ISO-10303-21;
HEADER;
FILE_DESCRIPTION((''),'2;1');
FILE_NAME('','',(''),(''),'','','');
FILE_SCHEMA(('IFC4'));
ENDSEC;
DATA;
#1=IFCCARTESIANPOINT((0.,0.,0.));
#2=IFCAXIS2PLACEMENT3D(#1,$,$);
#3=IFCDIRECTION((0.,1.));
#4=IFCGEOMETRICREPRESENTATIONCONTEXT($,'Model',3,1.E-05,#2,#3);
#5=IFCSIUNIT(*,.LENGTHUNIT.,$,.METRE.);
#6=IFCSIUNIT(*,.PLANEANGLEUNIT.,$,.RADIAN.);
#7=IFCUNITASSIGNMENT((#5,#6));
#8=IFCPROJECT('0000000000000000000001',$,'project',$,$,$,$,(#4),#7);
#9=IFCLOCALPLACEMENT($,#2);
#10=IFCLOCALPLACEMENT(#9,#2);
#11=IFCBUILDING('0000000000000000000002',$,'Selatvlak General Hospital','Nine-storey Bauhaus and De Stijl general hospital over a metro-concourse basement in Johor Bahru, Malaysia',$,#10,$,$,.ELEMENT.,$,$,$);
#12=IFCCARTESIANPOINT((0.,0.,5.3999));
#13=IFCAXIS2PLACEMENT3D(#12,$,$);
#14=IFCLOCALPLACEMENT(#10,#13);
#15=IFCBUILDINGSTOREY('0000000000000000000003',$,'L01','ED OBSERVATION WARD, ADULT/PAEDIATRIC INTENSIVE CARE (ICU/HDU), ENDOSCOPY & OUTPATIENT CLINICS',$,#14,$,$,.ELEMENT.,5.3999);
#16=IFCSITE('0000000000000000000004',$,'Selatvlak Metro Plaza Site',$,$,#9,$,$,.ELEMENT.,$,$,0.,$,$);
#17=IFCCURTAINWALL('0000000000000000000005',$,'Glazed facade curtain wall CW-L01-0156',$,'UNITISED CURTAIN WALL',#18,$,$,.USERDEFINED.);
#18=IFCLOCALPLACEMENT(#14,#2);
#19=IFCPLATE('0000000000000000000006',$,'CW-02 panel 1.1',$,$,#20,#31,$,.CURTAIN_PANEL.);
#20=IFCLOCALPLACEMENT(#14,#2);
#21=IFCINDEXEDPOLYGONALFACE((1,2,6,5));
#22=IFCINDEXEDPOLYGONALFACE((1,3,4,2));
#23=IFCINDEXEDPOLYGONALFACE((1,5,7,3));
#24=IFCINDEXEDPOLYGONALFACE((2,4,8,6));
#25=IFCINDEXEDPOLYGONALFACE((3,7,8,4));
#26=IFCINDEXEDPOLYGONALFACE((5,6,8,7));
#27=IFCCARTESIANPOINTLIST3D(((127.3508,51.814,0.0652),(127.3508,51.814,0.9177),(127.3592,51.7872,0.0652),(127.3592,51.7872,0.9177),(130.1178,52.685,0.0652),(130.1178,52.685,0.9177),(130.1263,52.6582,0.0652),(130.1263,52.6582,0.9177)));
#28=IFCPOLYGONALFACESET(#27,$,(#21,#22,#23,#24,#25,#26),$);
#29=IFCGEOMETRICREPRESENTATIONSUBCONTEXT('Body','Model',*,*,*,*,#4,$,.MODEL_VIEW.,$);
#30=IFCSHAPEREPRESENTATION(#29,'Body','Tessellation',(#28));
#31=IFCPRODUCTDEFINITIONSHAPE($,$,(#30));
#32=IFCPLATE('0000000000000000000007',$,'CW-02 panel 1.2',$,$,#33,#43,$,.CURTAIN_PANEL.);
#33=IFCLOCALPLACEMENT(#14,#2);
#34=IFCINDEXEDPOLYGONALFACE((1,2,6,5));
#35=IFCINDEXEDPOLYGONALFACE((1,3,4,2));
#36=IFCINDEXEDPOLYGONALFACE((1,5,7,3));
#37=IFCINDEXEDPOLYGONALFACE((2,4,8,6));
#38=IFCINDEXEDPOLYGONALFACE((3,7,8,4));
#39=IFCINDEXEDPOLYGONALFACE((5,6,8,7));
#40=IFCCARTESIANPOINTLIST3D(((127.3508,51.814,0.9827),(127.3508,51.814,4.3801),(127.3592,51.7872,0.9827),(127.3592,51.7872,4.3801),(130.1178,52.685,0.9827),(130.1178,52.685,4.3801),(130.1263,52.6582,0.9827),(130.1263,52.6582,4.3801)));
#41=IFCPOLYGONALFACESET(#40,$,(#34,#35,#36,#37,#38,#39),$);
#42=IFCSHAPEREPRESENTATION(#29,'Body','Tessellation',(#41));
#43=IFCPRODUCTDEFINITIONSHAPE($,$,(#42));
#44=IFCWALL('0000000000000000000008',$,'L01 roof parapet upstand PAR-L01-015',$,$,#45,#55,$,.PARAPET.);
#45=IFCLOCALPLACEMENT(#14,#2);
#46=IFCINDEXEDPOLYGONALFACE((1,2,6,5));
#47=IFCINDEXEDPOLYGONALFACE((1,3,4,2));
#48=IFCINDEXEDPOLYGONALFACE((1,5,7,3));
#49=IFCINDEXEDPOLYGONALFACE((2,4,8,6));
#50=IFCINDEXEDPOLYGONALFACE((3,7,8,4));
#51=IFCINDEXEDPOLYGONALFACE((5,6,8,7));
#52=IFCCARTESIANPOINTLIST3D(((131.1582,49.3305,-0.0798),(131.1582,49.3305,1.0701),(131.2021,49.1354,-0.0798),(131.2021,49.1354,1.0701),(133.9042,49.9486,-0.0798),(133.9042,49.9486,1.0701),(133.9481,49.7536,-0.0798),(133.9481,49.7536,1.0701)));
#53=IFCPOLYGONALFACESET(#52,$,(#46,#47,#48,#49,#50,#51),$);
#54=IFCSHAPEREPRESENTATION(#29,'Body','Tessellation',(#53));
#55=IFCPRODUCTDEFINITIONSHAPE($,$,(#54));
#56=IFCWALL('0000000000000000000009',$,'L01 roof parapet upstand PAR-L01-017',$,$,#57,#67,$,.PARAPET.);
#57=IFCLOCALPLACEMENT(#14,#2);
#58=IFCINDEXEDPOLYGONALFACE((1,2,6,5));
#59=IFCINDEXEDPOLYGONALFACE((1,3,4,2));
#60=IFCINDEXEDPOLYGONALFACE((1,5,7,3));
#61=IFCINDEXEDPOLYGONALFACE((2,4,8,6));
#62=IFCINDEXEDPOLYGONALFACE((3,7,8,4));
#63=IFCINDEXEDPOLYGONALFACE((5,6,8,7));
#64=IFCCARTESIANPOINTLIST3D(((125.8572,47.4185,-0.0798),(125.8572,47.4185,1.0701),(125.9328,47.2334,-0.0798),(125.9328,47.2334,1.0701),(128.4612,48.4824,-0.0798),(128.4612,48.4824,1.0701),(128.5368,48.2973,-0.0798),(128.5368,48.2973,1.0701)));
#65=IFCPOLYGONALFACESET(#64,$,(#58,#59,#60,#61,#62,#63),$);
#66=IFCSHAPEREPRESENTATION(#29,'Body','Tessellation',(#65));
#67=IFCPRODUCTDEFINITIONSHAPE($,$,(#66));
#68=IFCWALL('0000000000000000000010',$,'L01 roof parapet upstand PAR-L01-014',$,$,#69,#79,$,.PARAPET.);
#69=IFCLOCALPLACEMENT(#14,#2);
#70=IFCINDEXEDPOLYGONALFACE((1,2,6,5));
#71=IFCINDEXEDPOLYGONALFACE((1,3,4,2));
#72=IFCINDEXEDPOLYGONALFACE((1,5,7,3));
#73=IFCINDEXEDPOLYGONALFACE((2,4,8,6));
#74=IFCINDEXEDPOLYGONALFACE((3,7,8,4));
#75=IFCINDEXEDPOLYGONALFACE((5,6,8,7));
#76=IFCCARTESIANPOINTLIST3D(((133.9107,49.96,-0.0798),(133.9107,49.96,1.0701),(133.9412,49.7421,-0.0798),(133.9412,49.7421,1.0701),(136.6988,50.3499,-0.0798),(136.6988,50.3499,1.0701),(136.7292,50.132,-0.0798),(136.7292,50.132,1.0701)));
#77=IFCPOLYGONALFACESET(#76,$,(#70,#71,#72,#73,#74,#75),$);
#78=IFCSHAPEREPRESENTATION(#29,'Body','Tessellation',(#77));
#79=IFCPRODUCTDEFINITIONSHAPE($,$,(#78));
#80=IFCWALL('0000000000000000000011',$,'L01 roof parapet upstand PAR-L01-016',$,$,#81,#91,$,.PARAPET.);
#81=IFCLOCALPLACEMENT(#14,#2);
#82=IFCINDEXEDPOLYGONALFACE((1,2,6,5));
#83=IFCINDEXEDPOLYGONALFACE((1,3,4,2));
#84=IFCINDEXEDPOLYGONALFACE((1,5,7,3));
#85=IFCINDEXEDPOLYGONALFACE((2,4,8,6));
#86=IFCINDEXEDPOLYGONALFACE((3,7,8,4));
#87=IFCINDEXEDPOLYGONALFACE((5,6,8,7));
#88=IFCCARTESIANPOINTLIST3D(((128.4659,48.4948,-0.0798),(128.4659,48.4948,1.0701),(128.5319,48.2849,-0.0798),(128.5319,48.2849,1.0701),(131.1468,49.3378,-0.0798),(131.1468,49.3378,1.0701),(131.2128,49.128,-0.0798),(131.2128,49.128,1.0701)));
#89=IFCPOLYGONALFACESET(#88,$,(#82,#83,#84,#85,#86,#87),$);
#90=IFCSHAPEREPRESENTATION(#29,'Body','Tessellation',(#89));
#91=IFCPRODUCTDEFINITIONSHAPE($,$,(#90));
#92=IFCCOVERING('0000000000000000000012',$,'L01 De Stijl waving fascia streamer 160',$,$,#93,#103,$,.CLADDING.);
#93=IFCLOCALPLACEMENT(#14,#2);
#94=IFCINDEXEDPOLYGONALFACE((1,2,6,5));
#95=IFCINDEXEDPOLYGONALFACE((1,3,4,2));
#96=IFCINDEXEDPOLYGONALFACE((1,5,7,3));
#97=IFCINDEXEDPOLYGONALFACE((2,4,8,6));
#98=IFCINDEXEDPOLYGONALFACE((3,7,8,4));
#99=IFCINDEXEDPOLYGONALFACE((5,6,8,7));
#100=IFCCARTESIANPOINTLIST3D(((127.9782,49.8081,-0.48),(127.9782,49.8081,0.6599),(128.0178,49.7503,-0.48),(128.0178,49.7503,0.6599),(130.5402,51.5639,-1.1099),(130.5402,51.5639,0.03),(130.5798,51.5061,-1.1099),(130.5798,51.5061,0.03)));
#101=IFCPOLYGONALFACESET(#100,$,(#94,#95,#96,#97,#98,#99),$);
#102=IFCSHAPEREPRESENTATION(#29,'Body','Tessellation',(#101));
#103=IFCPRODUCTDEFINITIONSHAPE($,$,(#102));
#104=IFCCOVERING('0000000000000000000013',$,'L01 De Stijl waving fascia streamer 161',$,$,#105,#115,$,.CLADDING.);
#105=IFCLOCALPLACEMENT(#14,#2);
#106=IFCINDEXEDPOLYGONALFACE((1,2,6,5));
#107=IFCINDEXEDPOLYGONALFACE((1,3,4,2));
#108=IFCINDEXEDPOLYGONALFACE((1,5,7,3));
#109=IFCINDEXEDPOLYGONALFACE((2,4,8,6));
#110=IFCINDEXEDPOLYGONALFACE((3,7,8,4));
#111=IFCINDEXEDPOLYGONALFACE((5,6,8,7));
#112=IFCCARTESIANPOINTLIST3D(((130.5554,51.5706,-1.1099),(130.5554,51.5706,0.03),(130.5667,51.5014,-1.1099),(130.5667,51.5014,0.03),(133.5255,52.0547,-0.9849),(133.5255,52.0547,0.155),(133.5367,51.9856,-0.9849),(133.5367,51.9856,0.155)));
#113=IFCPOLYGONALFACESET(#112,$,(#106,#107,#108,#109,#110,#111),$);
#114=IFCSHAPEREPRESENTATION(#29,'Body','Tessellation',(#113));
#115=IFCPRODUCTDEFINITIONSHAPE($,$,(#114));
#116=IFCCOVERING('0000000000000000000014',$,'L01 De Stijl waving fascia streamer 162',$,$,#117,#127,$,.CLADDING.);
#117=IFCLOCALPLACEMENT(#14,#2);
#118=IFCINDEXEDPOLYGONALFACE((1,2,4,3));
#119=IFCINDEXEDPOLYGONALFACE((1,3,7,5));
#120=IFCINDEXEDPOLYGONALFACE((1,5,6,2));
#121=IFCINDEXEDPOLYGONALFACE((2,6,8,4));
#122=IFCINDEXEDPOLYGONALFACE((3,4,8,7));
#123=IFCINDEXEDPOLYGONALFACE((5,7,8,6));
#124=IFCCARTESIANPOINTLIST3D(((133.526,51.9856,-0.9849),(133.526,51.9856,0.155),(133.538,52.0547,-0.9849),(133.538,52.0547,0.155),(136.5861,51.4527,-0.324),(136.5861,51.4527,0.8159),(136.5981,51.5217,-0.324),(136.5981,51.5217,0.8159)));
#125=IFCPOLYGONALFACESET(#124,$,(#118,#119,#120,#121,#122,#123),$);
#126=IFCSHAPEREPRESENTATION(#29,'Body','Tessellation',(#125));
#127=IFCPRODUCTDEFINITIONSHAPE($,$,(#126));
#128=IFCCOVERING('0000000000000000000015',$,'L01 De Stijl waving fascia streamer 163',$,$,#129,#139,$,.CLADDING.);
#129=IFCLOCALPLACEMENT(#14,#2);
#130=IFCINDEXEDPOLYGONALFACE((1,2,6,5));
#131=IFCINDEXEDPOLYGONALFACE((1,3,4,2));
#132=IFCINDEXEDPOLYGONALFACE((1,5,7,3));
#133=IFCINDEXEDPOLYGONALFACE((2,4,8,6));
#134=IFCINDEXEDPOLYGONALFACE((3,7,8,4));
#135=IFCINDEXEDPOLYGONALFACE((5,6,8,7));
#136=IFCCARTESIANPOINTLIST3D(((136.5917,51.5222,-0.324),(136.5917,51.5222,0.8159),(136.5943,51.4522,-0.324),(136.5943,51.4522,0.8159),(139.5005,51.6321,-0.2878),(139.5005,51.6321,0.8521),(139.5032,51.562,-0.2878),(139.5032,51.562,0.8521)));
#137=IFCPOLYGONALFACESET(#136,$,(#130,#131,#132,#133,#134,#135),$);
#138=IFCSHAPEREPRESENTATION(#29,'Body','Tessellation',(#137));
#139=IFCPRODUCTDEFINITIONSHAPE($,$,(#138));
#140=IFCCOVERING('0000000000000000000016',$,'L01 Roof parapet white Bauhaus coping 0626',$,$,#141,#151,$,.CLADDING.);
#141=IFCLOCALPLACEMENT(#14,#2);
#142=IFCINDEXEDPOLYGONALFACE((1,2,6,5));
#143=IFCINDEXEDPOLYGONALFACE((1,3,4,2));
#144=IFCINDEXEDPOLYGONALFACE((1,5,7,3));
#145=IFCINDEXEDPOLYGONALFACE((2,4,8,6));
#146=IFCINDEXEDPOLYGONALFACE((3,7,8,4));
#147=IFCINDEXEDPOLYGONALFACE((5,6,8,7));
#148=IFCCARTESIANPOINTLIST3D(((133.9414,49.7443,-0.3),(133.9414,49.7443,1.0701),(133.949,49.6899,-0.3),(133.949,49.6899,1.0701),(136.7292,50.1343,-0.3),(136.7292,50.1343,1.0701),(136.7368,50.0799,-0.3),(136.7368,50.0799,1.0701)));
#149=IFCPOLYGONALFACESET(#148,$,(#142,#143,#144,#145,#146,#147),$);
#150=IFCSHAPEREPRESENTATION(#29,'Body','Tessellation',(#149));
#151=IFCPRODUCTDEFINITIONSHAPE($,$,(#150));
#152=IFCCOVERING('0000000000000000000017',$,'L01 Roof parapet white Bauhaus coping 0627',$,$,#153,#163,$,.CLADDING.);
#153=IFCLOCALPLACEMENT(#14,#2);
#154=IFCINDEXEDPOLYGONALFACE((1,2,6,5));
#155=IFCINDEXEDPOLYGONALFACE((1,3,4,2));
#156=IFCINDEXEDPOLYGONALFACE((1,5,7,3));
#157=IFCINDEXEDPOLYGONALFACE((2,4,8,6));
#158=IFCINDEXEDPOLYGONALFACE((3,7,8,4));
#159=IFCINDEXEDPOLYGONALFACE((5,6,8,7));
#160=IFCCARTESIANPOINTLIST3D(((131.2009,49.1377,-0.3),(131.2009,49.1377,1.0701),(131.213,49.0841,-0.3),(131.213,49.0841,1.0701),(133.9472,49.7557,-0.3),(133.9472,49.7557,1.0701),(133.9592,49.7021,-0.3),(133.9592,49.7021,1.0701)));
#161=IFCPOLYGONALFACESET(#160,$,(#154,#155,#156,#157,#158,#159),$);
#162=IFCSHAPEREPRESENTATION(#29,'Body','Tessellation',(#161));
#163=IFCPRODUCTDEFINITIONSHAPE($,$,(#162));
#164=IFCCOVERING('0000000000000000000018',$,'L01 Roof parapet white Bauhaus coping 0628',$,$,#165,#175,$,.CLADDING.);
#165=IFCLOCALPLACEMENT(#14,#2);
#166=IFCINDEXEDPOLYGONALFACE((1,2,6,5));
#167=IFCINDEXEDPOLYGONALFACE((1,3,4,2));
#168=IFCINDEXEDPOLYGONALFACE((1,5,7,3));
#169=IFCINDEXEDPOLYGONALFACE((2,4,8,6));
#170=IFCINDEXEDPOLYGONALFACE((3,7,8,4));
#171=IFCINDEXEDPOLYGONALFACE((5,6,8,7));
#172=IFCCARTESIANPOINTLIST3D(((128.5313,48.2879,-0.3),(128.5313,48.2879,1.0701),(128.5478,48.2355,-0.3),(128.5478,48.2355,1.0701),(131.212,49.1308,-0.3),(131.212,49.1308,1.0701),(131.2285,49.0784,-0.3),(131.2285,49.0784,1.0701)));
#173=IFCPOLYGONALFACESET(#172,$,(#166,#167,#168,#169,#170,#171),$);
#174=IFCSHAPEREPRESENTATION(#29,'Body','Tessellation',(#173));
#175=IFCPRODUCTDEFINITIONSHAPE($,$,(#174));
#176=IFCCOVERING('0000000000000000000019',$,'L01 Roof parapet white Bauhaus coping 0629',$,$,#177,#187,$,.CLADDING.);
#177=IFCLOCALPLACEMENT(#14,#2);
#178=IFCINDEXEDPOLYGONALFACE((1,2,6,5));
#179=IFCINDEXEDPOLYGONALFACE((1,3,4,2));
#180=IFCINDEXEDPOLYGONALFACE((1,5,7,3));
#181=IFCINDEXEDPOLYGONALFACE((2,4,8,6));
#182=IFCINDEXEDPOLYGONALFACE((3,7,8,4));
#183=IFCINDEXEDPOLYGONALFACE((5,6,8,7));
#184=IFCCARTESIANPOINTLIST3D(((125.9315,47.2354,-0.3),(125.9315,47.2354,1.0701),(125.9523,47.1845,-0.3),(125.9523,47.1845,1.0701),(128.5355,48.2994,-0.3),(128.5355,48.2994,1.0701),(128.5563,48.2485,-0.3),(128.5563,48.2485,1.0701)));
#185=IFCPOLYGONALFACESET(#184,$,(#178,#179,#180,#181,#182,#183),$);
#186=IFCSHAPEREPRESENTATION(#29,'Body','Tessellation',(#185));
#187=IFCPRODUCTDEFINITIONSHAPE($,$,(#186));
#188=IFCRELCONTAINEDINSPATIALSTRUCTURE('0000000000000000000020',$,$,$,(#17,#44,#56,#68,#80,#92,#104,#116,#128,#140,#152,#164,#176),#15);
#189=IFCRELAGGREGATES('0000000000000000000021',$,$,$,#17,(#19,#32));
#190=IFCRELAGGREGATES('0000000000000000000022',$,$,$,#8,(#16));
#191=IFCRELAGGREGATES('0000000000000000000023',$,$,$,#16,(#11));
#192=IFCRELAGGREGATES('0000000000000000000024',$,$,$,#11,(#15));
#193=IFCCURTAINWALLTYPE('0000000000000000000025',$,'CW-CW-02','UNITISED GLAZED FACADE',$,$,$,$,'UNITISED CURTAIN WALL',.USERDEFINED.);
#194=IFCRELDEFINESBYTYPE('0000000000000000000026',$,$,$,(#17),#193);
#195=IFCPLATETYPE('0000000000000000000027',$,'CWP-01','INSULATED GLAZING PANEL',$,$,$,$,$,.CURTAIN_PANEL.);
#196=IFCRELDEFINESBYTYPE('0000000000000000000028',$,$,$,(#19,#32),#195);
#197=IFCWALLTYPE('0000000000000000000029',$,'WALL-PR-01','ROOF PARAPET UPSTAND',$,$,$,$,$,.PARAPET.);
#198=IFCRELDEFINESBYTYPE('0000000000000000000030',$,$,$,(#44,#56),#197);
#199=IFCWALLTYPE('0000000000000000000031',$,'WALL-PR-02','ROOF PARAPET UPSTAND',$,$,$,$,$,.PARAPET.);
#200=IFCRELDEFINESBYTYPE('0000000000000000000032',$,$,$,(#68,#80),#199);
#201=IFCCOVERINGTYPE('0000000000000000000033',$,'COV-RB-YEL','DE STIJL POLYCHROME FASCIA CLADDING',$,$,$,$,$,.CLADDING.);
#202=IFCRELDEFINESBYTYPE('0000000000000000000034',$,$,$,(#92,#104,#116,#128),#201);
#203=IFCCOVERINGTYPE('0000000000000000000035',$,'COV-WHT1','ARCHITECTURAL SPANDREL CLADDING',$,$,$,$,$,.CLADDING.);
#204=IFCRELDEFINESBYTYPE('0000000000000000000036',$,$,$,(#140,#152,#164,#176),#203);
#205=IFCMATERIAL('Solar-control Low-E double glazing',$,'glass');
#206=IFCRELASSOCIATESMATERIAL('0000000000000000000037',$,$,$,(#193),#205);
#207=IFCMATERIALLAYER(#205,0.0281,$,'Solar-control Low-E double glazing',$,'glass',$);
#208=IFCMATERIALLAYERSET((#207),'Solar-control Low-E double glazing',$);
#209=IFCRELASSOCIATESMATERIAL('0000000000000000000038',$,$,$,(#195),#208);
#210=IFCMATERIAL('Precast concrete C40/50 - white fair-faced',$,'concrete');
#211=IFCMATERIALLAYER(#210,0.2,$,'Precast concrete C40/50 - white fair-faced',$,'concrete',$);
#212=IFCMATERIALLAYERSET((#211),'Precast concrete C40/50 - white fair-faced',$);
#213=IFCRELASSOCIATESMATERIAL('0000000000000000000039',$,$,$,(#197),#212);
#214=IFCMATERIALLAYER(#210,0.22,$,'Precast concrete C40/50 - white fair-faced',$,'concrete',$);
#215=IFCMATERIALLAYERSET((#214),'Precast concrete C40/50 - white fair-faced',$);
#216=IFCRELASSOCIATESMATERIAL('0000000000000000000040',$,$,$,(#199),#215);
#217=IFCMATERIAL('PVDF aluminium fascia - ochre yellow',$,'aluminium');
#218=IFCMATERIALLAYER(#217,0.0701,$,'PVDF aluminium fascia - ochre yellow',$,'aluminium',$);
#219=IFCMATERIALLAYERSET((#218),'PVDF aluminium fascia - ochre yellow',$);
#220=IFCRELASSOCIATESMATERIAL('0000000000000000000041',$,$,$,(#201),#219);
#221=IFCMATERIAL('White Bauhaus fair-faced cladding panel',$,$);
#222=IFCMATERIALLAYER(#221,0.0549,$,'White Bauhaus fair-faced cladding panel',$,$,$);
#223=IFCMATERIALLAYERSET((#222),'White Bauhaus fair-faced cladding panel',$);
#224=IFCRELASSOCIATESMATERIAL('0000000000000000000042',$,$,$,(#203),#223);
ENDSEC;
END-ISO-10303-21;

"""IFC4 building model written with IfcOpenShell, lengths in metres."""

from ifc_helpers import new_model, si_unit, direction, frame, frame_2d, origin, origin_2d, place, context, subcontext, project, spatial, polyline, rectangle, outline, extrude, material, layer, layer_set, type_object, element, aggregate, save


model = new_model("IFC4")

# Units and contexts
model_context = context("Model", 3, precision=1e-05, world=origin(), true_north=direction((0.0, 1.0)))
body_context = subcontext(model_context, "Body", "Model", "MODEL_VIEW")
ifc_project = project(units=[si_unit("LENGTHUNIT", "METRE"), si_unit("PLANEANGLEUNIT", "RADIAN")], contexts=[model_context])

# Site, building, storey
site_placement = place(None, origin())
site = spatial("IfcSite", under=ifc_project, at=site_placement, Name="Selatvlak Metro Plaza Site", CompositionType="ELEMENT", RefElevation=0.0)
building_placement = place(site_placement, origin())
building = spatial("IfcBuilding", under=site, at=building_placement, Name="Selatvlak General Hospital", Description="Nine-storey Bauhaus and De Stijl general hospital over a metro-concourse basement in Johor Bahru, Malaysia", CompositionType="ELEMENT")
storey_placement = place(building_placement, frame((0.0, 0.0, 5.3999)))
storey = spatial("IfcBuildingStorey", under=building, at=storey_placement, Name="L01", Description="ED OBSERVATION WARD, ADULT/PAEDIATRIC INTENSIVE CARE (ICU/HDU), ENDOSCOPY & OUTPATIENT CLINICS", CompositionType="ELEMENT", Elevation=5.3999)

# Shared definitions
ifc_material_1 = material(Name="Solar-control Low-E double glazing", Category="glass")

# Curtain wall
curtain_wall_type_1 = type_object("IfcCurtainWallType", Name="CW-CW-02", Description="UNITISED GLAZED FACADE", ElementType="UNITISED CURTAIN WALL", PredefinedType="USERDEFINED", material=ifc_material_1)
curtain_wall_1_placement = place(storey_placement, origin())
curtain_wall_1 = element("IfcCurtainWall", 1, at=curtain_wall_1_placement, inside=storey, type_object=curtain_wall_type_1, Name="Glazed facade curtain wall CW-L01-0156", ObjectType="UNITISED CURTAIN WALL", PredefinedType="USERDEFINED")

# Plates
ifc_layer_1 = layer(ifc_material_1, 0.0281, Name="Solar-control Low-E double glazing", Category="glass")
ifc_layer_set_1 = layer_set([ifc_layer_1], Name="Solar-control Low-E double glazing")
plate_type = type_object("IfcPlateType", Name="CWP-01", Description="INSULATED GLAZING PANEL", PredefinedType="CURTAIN_PANEL", material=ifc_layer_set_1)
plate_1_placement = place(storey_placement, frame((128.7385, 52.2361, 0.0652), z_axis=(0.0, 0.0, 1.0), x_axis=(-0.953862, -0.300247, 0.0)))
plate_1 = element("IfcPlate", 2, at=plate_1_placement, type_object=plate_type, Name="CW-02 panel 1.1", PredefinedType="CURTAIN_PANEL", context=body_context, shape_type="SweptSolid", body=[
    extrude(rectangle(XDim=2.9009, YDim=0.0281, at=origin_2d()), origin(), (0.0, 0.0, 1.0), 0.8525),
])
plate_2_placement = place(storey_placement, frame((128.7385, 52.2361, 0.9827), z_axis=(0.0, 0.0, 1.0), x_axis=(-0.953862, -0.300247, 0.0)))
plate_2 = element("IfcPlate", 3, at=plate_2_placement, type_object=plate_type, Name="CW-02 panel 1.2", PredefinedType="CURTAIN_PANEL", context=body_context, shape_type="SweptSolid", body=[
    extrude(rectangle(XDim=2.9009, YDim=0.0281, at=origin_2d()), origin(), (0.0, 0.0, 1.0), 3.3975),
])
aggregate(curtain_wall_1, [plate_1, plate_2])

# Walls
ifc_material_2 = material(Name="Precast concrete C40/50 - white fair-faced", Category="concrete")
ifc_layer_2 = layer(ifc_material_2, 0.2, Name="Precast concrete C40/50 - white fair-faced", Category="concrete")
ifc_layer_set_2 = layer_set([ifc_layer_2], Name="Precast concrete C40/50 - white fair-faced")
wall_type_1 = type_object("IfcWallType", Name="WALL-PR-01", Description="ROOF PARAPET UPSTAND", PredefinedType="PARAPET", material=ifc_layer_set_2)
wall_1_placement = place(storey_placement, frame((133.926, 49.8511, -0.0798), z_axis=(0.0, 0.0, 1.0), x_axis=(-0.975587, -0.219611, 0.0)))
element("IfcWall", 4, at=wall_1_placement, inside=storey, type_object=wall_type_1, Name="L01 roof parapet upstand PAR-L01-015", PredefinedType="PARAPET", context=body_context, shape_type="SweptSolid", body=[
    extrude(rectangle(XDim=2.8147, YDim=0.2, at=frame_2d((1.4072, 0.0))), origin(), (0.0, 0.0, 1.0), 1.1499),
])
wall_2_placement = place(storey_placement, frame((128.499, 48.3899, -0.0798), z_axis=(0.0, 0.0, 1.0), x_axis=(-0.92571, -0.378234, 0.0)))
element("IfcWall", 5, at=wall_2_placement, inside=storey, type_object=wall_type_1, Name="L01 roof parapet upstand PAR-L01-017", PredefinedType="PARAPET", context=body_context, shape_type="SweptSolid", body=[
    extrude(rectangle(XDim=2.813, YDim=0.2, at=frame_2d((1.4065, 0.0))), origin(), (0.0, 0.0, 1.0), 1.1499),
])
ifc_layer_3 = layer(ifc_material_2, 0.22, Name="Precast concrete C40/50 - white fair-faced", Category="concrete")
ifc_layer_set_3 = layer_set([ifc_layer_3], Name="Precast concrete C40/50 - white fair-faced")
wall_type_2 = type_object("IfcWallType", Name="WALL-PR-02", Description="ROOF PARAPET UPSTAND", PredefinedType="PARAPET", material=ifc_layer_set_3)
wall_3_placement = place(storey_placement, frame((136.7141, 50.241, -0.0798), z_axis=(0.0, 0.0, 1.0), x_axis=(-0.990363, -0.138495, 0.0)))
element("IfcWall", 6, at=wall_3_placement, inside=storey, type_object=wall_type_2, Name="L01 roof parapet upstand PAR-L01-014", PredefinedType="PARAPET", context=body_context, shape_type="SweptSolid", body=[
    extrude(rectangle(XDim=2.8152, YDim=0.22, at=frame_2d((1.4077, 0.0))), origin(), (0.0, 0.0, 1.0), 1.1499),
])
wall_4_placement = place(storey_placement, frame((131.1799, 49.2329, -0.0798), z_axis=(0.0, 0.0, 1.0), x_axis=(-0.953948, -0.299971, 0.0)))
element("IfcWall", 7, at=wall_4_placement, inside=storey, type_object=wall_type_2, Name="L01 roof parapet upstand PAR-L01-016", PredefinedType="PARAPET", context=body_context, shape_type="SweptSolid", body=[
    extrude(rectangle(XDim=2.8103, YDim=0.22, at=frame_2d((1.4053, 0.0))), origin(), (0.0, 0.0, 1.0), 1.1499),
])

# Coverings
ifc_material_3 = material(Name="PVDF aluminium fascia - ochre yellow", Category="aluminium")
ifc_layer_4 = layer(ifc_material_3, 0.0701, Name="PVDF aluminium fascia - ochre yellow", Category="aluminium")
ifc_layer_set_4 = layer_set([ifc_layer_4], Name="PVDF aluminium fascia - ochre yellow")
covering_type_1 = type_object("IfcCoveringType", Name="COV-RB-YEL", Description="DE STIJL POLYCHROME FASCIA CLADDING", PredefinedType="CLADDING", material=ifc_layer_set_4)
covering_1_placement = place(storey_placement, frame((127.998, 49.7791, -0.48), z_axis=(0.0, 0.0, 1.0), x_axis=(0.824871, 0.565321, 0.0)))
element("IfcCovering", 8, at=covering_1_placement, inside=storey, type_object=covering_type_1, Name="L01 De Stijl waving fascia streamer 160", PredefinedType="CLADDING", context=body_context, shape_type="SweptSolid", body=[
    extrude(outline(polyline([(0.0, 0.0), (3.106, -0.6299), (3.106, 0.51), (0.0, 1.1399), (0.0, 0.0)])), frame((0.0, 0.0352, 0.0), z_axis=(0.0, -1.0, 0.0), x_axis=(1.0, 0.0, 0.0)), (0.0, 0.0, 1.0), 0.0701),
])
covering_2_placement = place(storey_placement, frame((130.561, 51.5359, -1.1099), z_axis=(0.0, 0.0, 1.0), x_axis=(0.986973, 0.160885, 0.0)))
element("IfcCovering", 9, at=covering_2_placement, inside=storey, type_object=covering_type_1, Name="L01 De Stijl waving fascia streamer 161", PredefinedType="CLADDING", context=body_context, shape_type="SweptSolid", body=[
    extrude(outline(polyline([(0.0, 0.0), (3.0093, 0.125), (3.0093, 1.2649), (0.0, 1.1399), (0.0, 0.0)])), frame((0.0, 0.0352, 0.0), z_axis=(0.0, -1.0, 0.0), x_axis=(1.0, 0.0, 0.0)), (0.0, 0.0, 1.0), 0.0701),
])
covering_3_placement = place(storey_placement, frame((133.532, 52.02, -0.9849), z_axis=(0.0, 0.0, 1.0), x_axis=(0.98517, -0.171583, 0.0)))
element("IfcCovering", 10, at=covering_3_placement, inside=storey, type_object=covering_type_1, Name="L01 De Stijl waving fascia streamer 162", PredefinedType="CLADDING", context=body_context, shape_type="SweptSolid", body=[
    extrude(outline(polyline([(0.0, 0.0), (3.1062, 0.6609), (3.1062, 1.8008), (0.0, 1.1399), (0.0, 0.0)])), frame((0.0, 0.0352, 0.0), z_axis=(0.0, -1.0, 0.0), x_axis=(1.0, 0.0, 0.0)), (0.0, 0.0, 1.0), 0.0701),
])
covering_4_placement = place(storey_placement, frame((136.593, 51.4871, -0.324), z_axis=(0.0, 0.0, 1.0), x_axis=(0.999288, 0.037741, 0.0)))
element("IfcCovering", 11, at=covering_4_placement, inside=storey, type_object=covering_type_1, Name="L01 De Stijl waving fascia streamer 163", PredefinedType="CLADDING", context=body_context, shape_type="SweptSolid", body=[
    extrude(outline(polyline([(0.0, 0.0), (2.9109, 0.0361), (2.9109, 1.176), (0.0, 1.1399), (0.0, 0.0)])), frame((0.0, 0.0352, 0.0), z_axis=(0.0, -1.0, 0.0), x_axis=(1.0, 0.0, 0.0)), (0.0, 0.0, 1.0), 0.0701),
])
ifc_material_4 = material(Name="White Bauhaus fair-faced cladding panel")
ifc_layer_5 = layer(ifc_material_4, 0.0549, Name="White Bauhaus fair-faced cladding panel")
ifc_layer_set_5 = layer_set([ifc_layer_5], Name="White Bauhaus fair-faced cladding panel")
covering_type_2 = type_object("IfcCoveringType", Name="COV-WHT1", Description="ARCHITECTURAL SPANDREL CLADDING", PredefinedType="CLADDING", material=ifc_layer_set_5)
for number, where, z_axis, x_axis, name in (
    (12, (135.3391, 49.9121, -0.3), (0.0, 0.0, 1.0), (-0.990358, -0.138534, 0.0), "L01 Roof parapet white Bauhaus coping 0626"),
    (13, (132.5801, 49.4199, -0.3), (0.0, 0.0, 1.0), (-0.9756, -0.219557, 0.0), "L01 Roof parapet white Bauhaus coping 0627"),
):
    element("IfcCovering", number, at=place(storey_placement, frame(where, z_axis=z_axis, x_axis=x_axis)), inside=storey, type_object=covering_type_2, Name=name, PredefinedType="CLADDING", context=body_context, shape_type="SweptSolid", body=[
        extrude(rectangle(XDim=2.8149, YDim=0.0549, at=origin_2d()), origin(), (0.0, 0.0, 1.0), 1.3701),
    ])
covering_5_placement = place(storey_placement, frame((129.8799, 48.6831, -0.3), z_axis=(0.0, 0.0, 1.0), x_axis=(-0.953953, -0.299957, 0.0)))
element("IfcCovering", 14, at=covering_5_placement, inside=storey, type_object=covering_type_2, Name="L01 Roof parapet white Bauhaus coping 0628", PredefinedType="CLADDING", context=body_context, shape_type="SweptSolid", body=[
    extrude(rectangle(XDim=2.8101, YDim=0.0549, at=origin_2d()), origin(), (0.0, 0.0, 1.0), 1.3701),
])
covering_6_placement = place(storey_placement, frame((127.2439, 47.7419, -0.3), z_axis=(0.0, 0.0, 1.0), x_axis=(-0.925706, -0.378245, 0.0)))
element("IfcCovering", 15, at=covering_6_placement, inside=storey, type_object=covering_type_2, Name="L01 Roof parapet white Bauhaus coping 0629", PredefinedType="CLADDING", context=body_context, shape_type="SweptSolid", body=[
    extrude(rectangle(XDim=2.813, YDim=0.0549, at=origin_2d()), origin(), (0.0, 0.0, 1.0), 1.3701),
])

save(model, "model.ifc")
